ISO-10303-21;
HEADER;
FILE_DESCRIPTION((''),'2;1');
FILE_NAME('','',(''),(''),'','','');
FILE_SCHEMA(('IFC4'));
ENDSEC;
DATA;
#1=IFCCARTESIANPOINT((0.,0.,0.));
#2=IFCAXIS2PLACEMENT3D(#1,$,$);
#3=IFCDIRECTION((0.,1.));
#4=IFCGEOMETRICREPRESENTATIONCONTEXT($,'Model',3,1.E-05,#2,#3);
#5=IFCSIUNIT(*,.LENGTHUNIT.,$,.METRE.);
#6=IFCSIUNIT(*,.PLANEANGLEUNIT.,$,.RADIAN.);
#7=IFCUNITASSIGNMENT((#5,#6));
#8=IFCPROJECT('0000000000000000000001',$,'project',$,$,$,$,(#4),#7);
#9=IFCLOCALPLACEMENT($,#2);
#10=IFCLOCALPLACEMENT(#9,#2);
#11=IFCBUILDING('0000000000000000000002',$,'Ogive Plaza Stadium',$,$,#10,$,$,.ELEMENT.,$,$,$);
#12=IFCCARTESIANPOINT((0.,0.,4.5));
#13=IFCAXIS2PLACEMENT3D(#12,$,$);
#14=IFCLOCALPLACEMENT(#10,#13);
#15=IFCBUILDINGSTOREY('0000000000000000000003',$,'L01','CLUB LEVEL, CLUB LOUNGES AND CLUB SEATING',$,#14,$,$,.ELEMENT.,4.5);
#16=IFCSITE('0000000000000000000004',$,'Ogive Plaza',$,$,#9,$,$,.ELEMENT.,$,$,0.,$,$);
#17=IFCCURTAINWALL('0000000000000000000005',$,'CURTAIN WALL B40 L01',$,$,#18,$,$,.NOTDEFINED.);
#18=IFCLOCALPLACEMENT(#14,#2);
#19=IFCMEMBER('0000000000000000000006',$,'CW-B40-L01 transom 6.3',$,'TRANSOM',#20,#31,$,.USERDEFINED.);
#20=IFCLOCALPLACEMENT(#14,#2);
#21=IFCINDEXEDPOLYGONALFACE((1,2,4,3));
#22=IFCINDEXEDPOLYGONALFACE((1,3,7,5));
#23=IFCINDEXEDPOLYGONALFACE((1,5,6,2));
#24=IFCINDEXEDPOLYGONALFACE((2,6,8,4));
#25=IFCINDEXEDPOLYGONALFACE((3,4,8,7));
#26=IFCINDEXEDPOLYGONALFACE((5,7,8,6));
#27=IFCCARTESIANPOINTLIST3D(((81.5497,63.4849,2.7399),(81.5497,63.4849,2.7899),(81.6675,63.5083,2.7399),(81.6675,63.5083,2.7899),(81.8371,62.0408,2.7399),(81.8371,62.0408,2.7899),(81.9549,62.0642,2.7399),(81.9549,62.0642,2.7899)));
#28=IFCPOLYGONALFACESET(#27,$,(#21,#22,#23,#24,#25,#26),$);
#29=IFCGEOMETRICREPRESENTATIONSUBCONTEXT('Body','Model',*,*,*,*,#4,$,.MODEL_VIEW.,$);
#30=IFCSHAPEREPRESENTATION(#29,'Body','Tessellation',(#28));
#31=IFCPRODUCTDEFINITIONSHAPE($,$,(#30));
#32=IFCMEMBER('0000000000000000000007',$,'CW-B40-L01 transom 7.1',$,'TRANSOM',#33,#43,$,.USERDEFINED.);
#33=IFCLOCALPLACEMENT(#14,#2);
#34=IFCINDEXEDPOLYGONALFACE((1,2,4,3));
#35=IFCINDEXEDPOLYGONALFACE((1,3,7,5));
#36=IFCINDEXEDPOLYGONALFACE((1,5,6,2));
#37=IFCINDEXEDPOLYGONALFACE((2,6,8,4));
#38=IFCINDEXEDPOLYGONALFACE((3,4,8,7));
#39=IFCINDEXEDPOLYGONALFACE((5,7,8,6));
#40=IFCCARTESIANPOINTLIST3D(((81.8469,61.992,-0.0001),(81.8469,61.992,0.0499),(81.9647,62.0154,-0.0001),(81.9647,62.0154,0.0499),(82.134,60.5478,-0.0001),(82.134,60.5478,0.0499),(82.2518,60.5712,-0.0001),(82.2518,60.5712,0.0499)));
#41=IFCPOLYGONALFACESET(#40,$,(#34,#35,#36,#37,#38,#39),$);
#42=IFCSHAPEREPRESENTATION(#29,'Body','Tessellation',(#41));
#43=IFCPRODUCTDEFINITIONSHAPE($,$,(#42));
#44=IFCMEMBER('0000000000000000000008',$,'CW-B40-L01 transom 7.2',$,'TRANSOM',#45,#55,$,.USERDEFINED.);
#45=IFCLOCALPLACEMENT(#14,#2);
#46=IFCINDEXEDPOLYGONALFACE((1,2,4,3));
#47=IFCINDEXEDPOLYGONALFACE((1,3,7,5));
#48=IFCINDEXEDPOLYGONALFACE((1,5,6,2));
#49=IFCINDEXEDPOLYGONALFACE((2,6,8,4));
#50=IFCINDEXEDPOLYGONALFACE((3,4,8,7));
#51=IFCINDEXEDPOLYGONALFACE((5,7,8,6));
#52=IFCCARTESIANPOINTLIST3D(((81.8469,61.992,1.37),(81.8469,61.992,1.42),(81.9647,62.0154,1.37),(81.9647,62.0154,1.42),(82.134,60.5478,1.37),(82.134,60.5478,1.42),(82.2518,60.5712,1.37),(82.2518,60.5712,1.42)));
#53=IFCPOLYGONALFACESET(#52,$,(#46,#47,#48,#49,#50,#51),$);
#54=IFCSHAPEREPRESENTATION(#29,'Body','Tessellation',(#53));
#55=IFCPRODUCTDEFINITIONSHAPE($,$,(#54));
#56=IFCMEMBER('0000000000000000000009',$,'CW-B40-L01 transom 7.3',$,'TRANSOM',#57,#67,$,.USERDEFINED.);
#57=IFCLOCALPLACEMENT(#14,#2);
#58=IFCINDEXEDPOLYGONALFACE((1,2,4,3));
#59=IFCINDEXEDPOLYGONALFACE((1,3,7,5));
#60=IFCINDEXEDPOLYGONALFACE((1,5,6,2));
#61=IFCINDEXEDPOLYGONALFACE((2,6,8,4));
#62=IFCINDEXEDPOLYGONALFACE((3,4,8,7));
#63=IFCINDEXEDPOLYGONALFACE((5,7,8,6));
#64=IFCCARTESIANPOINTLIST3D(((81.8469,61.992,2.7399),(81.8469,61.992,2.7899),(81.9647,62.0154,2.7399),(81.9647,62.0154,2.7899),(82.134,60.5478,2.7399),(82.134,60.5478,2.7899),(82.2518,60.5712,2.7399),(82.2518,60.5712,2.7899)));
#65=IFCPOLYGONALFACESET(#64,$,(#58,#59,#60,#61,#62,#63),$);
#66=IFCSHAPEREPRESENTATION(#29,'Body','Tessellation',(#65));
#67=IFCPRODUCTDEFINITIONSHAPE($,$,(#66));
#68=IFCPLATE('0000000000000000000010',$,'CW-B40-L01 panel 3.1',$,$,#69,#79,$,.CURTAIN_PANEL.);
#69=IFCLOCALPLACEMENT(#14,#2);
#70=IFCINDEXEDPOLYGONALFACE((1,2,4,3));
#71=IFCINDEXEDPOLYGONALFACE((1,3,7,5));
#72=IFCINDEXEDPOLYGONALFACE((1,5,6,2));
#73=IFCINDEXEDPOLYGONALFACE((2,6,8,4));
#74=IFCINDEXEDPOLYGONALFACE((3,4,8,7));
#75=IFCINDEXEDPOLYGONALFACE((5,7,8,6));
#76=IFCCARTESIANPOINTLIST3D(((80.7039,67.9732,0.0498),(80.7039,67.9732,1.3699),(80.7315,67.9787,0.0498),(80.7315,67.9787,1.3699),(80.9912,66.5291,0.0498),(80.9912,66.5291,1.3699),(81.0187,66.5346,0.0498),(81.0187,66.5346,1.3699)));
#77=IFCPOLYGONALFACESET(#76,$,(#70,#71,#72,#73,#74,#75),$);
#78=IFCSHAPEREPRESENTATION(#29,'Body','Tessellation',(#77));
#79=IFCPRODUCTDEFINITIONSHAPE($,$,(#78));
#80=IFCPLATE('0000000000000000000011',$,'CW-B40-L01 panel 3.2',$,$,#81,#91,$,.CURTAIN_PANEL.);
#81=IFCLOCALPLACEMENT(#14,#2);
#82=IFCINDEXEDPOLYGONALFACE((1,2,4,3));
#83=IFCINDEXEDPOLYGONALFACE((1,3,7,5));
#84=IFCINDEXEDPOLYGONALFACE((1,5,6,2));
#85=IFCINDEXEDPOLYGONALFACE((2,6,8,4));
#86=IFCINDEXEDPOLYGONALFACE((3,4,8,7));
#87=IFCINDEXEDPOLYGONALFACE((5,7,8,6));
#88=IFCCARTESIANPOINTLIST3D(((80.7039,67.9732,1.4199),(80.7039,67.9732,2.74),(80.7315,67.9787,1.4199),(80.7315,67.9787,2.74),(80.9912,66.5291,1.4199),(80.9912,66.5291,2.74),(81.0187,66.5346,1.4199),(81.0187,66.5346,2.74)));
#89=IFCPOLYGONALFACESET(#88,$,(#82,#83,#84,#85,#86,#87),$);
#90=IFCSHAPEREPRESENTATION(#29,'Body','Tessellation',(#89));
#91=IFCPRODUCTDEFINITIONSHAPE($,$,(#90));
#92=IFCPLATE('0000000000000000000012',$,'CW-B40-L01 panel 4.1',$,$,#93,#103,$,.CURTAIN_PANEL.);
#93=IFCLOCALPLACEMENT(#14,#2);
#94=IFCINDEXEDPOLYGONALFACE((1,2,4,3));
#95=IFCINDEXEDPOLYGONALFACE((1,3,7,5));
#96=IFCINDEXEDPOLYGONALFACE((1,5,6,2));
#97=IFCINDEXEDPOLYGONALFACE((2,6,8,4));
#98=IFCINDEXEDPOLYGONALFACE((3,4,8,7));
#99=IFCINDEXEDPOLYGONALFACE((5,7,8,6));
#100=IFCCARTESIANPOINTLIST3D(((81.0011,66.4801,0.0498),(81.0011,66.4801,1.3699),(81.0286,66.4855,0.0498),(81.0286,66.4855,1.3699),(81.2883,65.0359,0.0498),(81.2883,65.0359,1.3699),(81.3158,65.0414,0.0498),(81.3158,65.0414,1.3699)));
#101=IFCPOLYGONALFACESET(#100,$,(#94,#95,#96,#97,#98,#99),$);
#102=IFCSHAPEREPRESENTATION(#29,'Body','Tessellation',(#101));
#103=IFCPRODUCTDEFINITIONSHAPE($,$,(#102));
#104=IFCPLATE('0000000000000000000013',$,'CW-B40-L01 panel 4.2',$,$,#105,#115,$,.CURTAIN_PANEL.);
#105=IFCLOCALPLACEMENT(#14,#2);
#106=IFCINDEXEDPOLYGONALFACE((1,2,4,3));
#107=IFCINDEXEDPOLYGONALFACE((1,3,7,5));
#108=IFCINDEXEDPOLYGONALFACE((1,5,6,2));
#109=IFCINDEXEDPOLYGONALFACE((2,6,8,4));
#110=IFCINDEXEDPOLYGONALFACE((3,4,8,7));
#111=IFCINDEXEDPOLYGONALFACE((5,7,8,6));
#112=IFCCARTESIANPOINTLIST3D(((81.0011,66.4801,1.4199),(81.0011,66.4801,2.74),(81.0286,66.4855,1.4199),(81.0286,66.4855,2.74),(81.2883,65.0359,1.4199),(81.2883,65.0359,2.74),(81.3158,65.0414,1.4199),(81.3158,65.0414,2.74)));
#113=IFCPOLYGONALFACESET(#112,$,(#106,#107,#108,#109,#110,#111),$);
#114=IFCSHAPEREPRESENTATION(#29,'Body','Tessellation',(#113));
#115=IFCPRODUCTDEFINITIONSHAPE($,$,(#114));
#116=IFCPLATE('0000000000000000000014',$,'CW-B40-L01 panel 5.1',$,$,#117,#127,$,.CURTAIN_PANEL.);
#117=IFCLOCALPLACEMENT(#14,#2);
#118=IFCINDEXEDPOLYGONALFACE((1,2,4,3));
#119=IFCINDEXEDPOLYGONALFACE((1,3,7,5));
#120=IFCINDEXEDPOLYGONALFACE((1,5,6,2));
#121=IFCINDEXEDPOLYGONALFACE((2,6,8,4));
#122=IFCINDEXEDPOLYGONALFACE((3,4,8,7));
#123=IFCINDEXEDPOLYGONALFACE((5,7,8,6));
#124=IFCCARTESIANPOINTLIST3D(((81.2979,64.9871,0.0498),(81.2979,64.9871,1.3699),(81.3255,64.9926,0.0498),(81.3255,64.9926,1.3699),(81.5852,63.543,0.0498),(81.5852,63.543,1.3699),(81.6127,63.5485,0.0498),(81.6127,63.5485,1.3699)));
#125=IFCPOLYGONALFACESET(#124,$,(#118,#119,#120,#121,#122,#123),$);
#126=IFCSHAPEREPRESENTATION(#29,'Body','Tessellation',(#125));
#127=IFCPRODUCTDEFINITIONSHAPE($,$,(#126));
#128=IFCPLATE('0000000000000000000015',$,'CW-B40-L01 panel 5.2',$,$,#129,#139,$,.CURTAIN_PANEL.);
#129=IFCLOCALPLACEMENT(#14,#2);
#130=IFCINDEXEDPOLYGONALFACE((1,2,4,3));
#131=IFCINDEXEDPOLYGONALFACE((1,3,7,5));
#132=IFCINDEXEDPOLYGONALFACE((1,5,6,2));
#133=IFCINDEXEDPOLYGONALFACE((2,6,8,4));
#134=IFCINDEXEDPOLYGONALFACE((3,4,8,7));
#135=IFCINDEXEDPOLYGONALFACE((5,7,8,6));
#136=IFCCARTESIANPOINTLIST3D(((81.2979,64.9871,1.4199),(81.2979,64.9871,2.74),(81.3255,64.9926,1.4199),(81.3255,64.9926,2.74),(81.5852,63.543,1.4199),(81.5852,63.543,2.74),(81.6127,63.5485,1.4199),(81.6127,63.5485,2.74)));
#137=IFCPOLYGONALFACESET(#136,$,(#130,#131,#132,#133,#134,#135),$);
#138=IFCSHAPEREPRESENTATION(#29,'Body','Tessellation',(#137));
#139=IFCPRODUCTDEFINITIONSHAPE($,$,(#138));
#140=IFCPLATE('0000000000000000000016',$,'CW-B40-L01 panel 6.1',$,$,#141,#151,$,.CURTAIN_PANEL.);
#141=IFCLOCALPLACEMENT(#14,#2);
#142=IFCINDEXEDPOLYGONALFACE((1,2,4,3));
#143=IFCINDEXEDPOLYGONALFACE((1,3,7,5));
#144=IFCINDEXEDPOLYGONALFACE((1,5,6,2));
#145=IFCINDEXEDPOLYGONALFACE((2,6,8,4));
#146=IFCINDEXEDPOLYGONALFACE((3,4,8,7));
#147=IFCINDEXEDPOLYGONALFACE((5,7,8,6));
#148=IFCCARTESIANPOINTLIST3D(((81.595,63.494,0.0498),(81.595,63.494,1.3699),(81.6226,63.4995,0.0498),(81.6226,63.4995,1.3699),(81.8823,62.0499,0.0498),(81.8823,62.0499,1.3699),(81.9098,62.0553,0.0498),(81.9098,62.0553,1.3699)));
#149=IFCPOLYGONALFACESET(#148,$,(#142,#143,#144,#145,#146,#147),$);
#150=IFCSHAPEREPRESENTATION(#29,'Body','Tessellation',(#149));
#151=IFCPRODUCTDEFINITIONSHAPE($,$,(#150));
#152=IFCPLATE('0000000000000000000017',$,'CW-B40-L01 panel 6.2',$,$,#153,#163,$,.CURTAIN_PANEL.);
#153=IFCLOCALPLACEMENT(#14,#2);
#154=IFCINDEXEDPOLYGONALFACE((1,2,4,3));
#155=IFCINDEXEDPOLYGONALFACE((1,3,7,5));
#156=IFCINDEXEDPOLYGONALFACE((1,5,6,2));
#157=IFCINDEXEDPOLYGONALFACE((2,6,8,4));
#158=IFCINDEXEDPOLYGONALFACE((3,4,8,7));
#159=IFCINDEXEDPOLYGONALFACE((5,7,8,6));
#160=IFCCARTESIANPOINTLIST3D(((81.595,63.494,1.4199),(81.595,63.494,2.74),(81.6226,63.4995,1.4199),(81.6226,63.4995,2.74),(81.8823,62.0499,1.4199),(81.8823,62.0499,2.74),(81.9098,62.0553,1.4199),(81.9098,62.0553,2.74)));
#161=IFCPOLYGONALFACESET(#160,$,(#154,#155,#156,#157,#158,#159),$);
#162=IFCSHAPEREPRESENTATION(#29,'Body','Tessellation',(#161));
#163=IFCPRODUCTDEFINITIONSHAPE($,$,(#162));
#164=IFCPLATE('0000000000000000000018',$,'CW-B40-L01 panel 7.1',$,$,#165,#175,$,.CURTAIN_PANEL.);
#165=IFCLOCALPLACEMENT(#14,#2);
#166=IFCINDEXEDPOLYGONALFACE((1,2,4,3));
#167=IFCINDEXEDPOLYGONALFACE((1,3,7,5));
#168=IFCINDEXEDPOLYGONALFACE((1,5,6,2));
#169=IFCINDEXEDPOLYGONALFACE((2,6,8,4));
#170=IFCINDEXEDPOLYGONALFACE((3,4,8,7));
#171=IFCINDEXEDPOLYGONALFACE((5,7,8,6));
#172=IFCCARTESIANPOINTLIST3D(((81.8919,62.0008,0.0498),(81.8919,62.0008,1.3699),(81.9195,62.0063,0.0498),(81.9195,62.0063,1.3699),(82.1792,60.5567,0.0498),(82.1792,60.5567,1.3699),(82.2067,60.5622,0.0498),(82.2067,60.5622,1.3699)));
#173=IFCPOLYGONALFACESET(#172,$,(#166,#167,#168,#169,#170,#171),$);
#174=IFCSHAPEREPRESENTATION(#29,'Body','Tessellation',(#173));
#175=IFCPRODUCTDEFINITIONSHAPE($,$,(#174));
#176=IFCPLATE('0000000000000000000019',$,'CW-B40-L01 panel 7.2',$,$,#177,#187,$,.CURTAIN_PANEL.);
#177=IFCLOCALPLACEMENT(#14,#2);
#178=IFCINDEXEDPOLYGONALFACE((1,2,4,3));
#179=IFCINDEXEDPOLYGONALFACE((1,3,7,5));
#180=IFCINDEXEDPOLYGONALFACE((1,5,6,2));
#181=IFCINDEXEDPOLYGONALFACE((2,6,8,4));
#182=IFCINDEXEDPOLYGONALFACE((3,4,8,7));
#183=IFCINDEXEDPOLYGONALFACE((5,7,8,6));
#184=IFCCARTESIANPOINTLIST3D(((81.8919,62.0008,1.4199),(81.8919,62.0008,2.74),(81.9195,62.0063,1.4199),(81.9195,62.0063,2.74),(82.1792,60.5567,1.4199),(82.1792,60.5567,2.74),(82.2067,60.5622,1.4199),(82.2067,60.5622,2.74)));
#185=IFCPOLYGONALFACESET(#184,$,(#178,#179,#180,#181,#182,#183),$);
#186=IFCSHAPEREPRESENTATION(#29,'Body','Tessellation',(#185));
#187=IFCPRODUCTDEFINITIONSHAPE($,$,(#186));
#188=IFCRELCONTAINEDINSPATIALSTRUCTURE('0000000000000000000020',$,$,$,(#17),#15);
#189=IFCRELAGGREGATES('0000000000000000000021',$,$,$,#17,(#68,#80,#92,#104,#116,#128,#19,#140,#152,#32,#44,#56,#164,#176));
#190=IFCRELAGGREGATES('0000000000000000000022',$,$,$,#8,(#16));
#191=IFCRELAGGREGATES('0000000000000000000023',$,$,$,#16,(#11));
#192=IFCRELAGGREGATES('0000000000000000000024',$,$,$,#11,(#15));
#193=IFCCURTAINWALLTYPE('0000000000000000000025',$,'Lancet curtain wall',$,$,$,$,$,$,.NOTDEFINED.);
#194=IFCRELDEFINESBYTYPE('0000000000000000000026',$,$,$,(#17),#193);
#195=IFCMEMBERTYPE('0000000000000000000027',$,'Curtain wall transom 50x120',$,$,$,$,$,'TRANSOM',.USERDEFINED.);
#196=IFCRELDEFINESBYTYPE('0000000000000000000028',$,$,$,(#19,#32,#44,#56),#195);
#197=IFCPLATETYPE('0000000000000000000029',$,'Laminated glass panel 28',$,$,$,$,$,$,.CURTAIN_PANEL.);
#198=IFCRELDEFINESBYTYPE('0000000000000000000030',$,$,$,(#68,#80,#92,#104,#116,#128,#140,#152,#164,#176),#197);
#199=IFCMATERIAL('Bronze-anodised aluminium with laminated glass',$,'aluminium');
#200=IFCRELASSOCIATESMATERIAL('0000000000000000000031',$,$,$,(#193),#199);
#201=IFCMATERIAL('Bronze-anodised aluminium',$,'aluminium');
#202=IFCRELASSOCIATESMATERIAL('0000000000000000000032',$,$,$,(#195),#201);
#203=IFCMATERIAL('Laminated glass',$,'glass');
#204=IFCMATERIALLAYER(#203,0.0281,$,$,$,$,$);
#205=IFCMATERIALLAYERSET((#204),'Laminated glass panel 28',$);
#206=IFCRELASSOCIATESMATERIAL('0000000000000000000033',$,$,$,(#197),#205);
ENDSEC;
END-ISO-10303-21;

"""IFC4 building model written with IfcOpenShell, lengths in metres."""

from ifc_helpers import new_model, si_unit, direction, frame, origin, origin_2d, place, context, subcontext, project, spatial, rectangle, extrude, material, layer, layer_set, material_profile, profile_set, type_object, element, aggregate, save


model = new_model("IFC4")

# Units and contexts
model_context = context("Model", 3, precision=1e-05, world=origin(), true_north=direction((0.0, 1.0)))
body_context = subcontext(model_context, "Body", "Model", "MODEL_VIEW")
ifc_project = project(units=[si_unit("LENGTHUNIT", "METRE"), si_unit("PLANEANGLEUNIT", "RADIAN")], contexts=[model_context])

# Site, building, storey
site_placement = place(None, origin())
site = spatial("IfcSite", under=ifc_project, at=site_placement, Name="Ogive Plaza", CompositionType="ELEMENT", RefElevation=0.0)
building_placement = place(site_placement, origin())
building = spatial("IfcBuilding", under=site, at=building_placement, Name="Ogive Plaza Stadium", CompositionType="ELEMENT")
storey_placement = place(building_placement, frame((0.0, 0.0, 4.5)))
storey = spatial("IfcBuildingStorey", under=building, at=storey_placement, Name="L01", Description="CLUB LEVEL, CLUB LOUNGES AND CLUB SEATING", CompositionType="ELEMENT", Elevation=4.5)

# Curtain wall, members, plates
ifc_material_1 = material(Name="Bronze-anodised aluminium with laminated glass", Category="aluminium")
curtain_wall_type = type_object("IfcCurtainWallType", Name="Lancet curtain wall", PredefinedType="NOTDEFINED", material=ifc_material_1)
curtain_wall_placement = place(storey_placement, origin())
curtain_wall = element("IfcCurtainWall", 1, at=curtain_wall_placement, inside=storey, type_object=curtain_wall_type, Name="CURTAIN WALL B40 L01", PredefinedType="NOTDEFINED")
ifc_material_2 = material(Name="Bronze-anodised aluminium", Category="aluminium")
ifc_material_profile_1 = material_profile(ifc_material_2, rectangle(XDim=0.1201, YDim=0.05, at=origin_2d()), Name="AL 120x50")
ifc_profile_set_1 = profile_set([ifc_material_profile_1], Name="Bronze-anodised aluminium")
member_type_1 = type_object("IfcMemberType", Name="Curtain wall transom 50x120", ElementType="TRANSOM", PredefinedType="USERDEFINED", material=ifc_profile_set_1)
member_1_placement = place(storey_placement, frame((81.6086, 63.4966, 2.7649), z_axis=(0.195159, -0.980772, 0.0), x_axis=(0.980772, 0.195159, 0.0)))
member_1 = element("IfcMember", 2, at=member_1_placement, type_object=member_type_1, Name="CW-B40-L01 transom 6.3", ObjectType="TRANSOM", PredefinedType="USERDEFINED", context=body_context, shape_type="SweptSolid", body=[
    extrude(rectangle(XDim=0.1201, YDim=0.05, at=origin_2d()), origin(), (0.0, 0.0, 1.0), 1.4724),
])
member_2_placement = place(storey_placement, frame((81.9058, 62.0037, 0.0249), z_axis=(0.195, -0.980803, 0.0), x_axis=(0.980803, 0.195, 0.0)))
member_2 = element("IfcMember", 3, at=member_2_placement, type_object=member_type_1, Name="CW-B40-L01 transom 7.1", ObjectType="TRANSOM", PredefinedType="USERDEFINED", context=body_context, shape_type="SweptSolid", body=[
    extrude(rectangle(XDim=0.1201, YDim=0.05, at=origin_2d()), origin(), (0.0, 0.0, 1.0), 1.4724),
])
member_3_placement = place(storey_placement, frame((81.9058, 62.0037, 1.395), z_axis=(0.195, -0.980803, 0.0), x_axis=(0.980803, 0.195, 0.0)))
member_3 = element("IfcMember", 4, at=member_3_placement, type_object=member_type_1, Name="CW-B40-L01 transom 7.2", ObjectType="TRANSOM", PredefinedType="USERDEFINED", context=body_context, shape_type="SweptSolid", body=[
    extrude(rectangle(XDim=0.1201, YDim=0.05, at=origin_2d()), origin(), (0.0, 0.0, 1.0), 1.4724),
])
member_4_placement = place(storey_placement, frame((81.9058, 62.0037, 2.7649), z_axis=(0.195, -0.980803, 0.0), x_axis=(0.980803, 0.195, 0.0)))
member_4 = element("IfcMember", 5, at=member_4_placement, type_object=member_type_1, Name="CW-B40-L01 transom 7.3", ObjectType="TRANSOM", PredefinedType="USERDEFINED", context=body_context, shape_type="SweptSolid", body=[
    extrude(rectangle(XDim=0.1201, YDim=0.05, at=origin_2d()), origin(), (0.0, 0.0, 1.0), 1.4724),
])
ifc_material_3 = material(Name="Laminated glass", Category="glass")
ifc_layer_1 = layer(ifc_material_3, 0.0281)
ifc_layer_set_1 = layer_set([ifc_layer_1], Name="Laminated glass panel 28")
plate_type = type_object("IfcPlateType", Name="Laminated glass panel 28", PredefinedType="CURTAIN_PANEL", material=ifc_layer_set_1)
plate_1_placement = place(storey_placement, frame((80.8613, 67.2539, 0.0498), z_axis=(0.0, 0.0, 1.0), x_axis=(0.19509, -0.980785, 0.0)))
plate_1 = element("IfcPlate", 6, at=plate_1_placement, type_object=plate_type, Name="CW-B40-L01 panel 3.1", PredefinedType="CURTAIN_PANEL", context=body_context, shape_type="SweptSolid", body=[
    extrude(rectangle(XDim=1.4724, YDim=0.0281, at=origin_2d()), origin(), (0.0, 0.0, 1.0), 1.3201),
])
plate_2_placement = place(storey_placement, frame((80.8613, 67.2539, 1.4199), z_axis=(0.0, 0.0, 1.0), x_axis=(0.19509, -0.980785, 0.0)))
plate_2 = element("IfcPlate", 7, at=plate_2_placement, type_object=plate_type, Name="CW-B40-L01 panel 3.2", PredefinedType="CURTAIN_PANEL", context=body_context, shape_type="SweptSolid", body=[
    extrude(rectangle(XDim=1.4724, YDim=0.0281, at=origin_2d()), origin(), (0.0, 0.0, 1.0), 1.3201),
])
plate_3_placement = place(storey_placement, frame((81.1584, 65.7607, 0.0498), z_axis=(0.0, 0.0, 1.0), x_axis=(0.19509, -0.980785, 0.0)))
plate_3 = element("IfcPlate", 8, at=plate_3_placement, type_object=plate_type, Name="CW-B40-L01 panel 4.1", PredefinedType="CURTAIN_PANEL", context=body_context, shape_type="SweptSolid", body=[
    extrude(rectangle(XDim=1.4724, YDim=0.0281, at=origin_2d()), origin(), (0.0, 0.0, 1.0), 1.3201),
])
plate_4_placement = place(storey_placement, frame((81.1584, 65.7607, 1.4199), z_axis=(0.0, 0.0, 1.0), x_axis=(0.19509, -0.980785, 0.0)))
plate_4 = element("IfcPlate", 9, at=plate_4_placement, type_object=plate_type, Name="CW-B40-L01 panel 4.2", PredefinedType="CURTAIN_PANEL", context=body_context, shape_type="SweptSolid", body=[
    extrude(rectangle(XDim=1.4724, YDim=0.0281, at=origin_2d()), origin(), (0.0, 0.0, 1.0), 1.3201),
])
plate_5_placement = place(storey_placement, frame((81.4553, 64.2678, 0.0498), z_axis=(0.0, 0.0, 1.0), x_axis=(0.19509, -0.980785, 0.0)))
plate_5 = element("IfcPlate", 10, at=plate_5_placement, type_object=plate_type, Name="CW-B40-L01 panel 5.1", PredefinedType="CURTAIN_PANEL", context=body_context, shape_type="SweptSolid", body=[
    extrude(rectangle(XDim=1.4724, YDim=0.0281, at=origin_2d()), origin(), (0.0, 0.0, 1.0), 1.3201),
])
plate_6_placement = place(storey_placement, frame((81.4553, 64.2678, 1.4199), z_axis=(0.0, 0.0, 1.0), x_axis=(0.19509, -0.980785, 0.0)))
plate_6 = element("IfcPlate", 11, at=plate_6_placement, type_object=plate_type, Name="CW-B40-L01 panel 5.2", PredefinedType="CURTAIN_PANEL", context=body_context, shape_type="SweptSolid", body=[
    extrude(rectangle(XDim=1.4724, YDim=0.0281, at=origin_2d()), origin(), (0.0, 0.0, 1.0), 1.3201),
])
plate_7_placement = place(storey_placement, frame((81.7524, 62.7747, 0.0498), z_axis=(0.0, 0.0, 1.0), x_axis=(0.19509, -0.980785, 0.0)))
plate_7 = element("IfcPlate", 12, at=plate_7_placement, type_object=plate_type, Name="CW-B40-L01 panel 6.1", PredefinedType="CURTAIN_PANEL", context=body_context, shape_type="SweptSolid", body=[
    extrude(rectangle(XDim=1.4724, YDim=0.0281, at=origin_2d()), origin(), (0.0, 0.0, 1.0), 1.3201),
])
plate_8_placement = place(storey_placement, frame((81.7524, 62.7747, 1.4199), z_axis=(0.0, 0.0, 1.0), x_axis=(0.19509, -0.980785, 0.0)))
plate_8 = element("IfcPlate", 13, at=plate_8_placement, type_object=plate_type, Name="CW-B40-L01 panel 6.2", PredefinedType="CURTAIN_PANEL", context=body_context, shape_type="SweptSolid", body=[
    extrude(rectangle(XDim=1.4724, YDim=0.0281, at=origin_2d()), origin(), (0.0, 0.0, 1.0), 1.3201),
])
plate_9_placement = place(storey_placement, frame((82.0493, 61.2815, 0.0498), z_axis=(0.0, 0.0, 1.0), x_axis=(0.19509, -0.980785, 0.0)))
plate_9 = element("IfcPlate", 14, at=plate_9_placement, type_object=plate_type, Name="CW-B40-L01 panel 7.1", PredefinedType="CURTAIN_PANEL", context=body_context, shape_type="SweptSolid", body=[
    extrude(rectangle(XDim=1.4724, YDim=0.0281, at=origin_2d()), origin(), (0.0, 0.0, 1.0), 1.3201),
])
plate_10_placement = place(storey_placement, frame((82.0493, 61.2815, 1.4199), z_axis=(0.0, 0.0, 1.0), x_axis=(0.19509, -0.980785, 0.0)))
plate_10 = element("IfcPlate", 15, at=plate_10_placement, type_object=plate_type, Name="CW-B40-L01 panel 7.2", PredefinedType="CURTAIN_PANEL", context=body_context, shape_type="SweptSolid", body=[
    extrude(rectangle(XDim=1.4724, YDim=0.0281, at=origin_2d()), origin(), (0.0, 0.0, 1.0), 1.3201),
])
aggregate(curtain_wall, [plate_1, plate_2, plate_3, plate_4, plate_5, plate_6, member_1, plate_7, plate_8, member_2, member_3, member_4, plate_9, plate_10])

save(model, "model.ifc")
